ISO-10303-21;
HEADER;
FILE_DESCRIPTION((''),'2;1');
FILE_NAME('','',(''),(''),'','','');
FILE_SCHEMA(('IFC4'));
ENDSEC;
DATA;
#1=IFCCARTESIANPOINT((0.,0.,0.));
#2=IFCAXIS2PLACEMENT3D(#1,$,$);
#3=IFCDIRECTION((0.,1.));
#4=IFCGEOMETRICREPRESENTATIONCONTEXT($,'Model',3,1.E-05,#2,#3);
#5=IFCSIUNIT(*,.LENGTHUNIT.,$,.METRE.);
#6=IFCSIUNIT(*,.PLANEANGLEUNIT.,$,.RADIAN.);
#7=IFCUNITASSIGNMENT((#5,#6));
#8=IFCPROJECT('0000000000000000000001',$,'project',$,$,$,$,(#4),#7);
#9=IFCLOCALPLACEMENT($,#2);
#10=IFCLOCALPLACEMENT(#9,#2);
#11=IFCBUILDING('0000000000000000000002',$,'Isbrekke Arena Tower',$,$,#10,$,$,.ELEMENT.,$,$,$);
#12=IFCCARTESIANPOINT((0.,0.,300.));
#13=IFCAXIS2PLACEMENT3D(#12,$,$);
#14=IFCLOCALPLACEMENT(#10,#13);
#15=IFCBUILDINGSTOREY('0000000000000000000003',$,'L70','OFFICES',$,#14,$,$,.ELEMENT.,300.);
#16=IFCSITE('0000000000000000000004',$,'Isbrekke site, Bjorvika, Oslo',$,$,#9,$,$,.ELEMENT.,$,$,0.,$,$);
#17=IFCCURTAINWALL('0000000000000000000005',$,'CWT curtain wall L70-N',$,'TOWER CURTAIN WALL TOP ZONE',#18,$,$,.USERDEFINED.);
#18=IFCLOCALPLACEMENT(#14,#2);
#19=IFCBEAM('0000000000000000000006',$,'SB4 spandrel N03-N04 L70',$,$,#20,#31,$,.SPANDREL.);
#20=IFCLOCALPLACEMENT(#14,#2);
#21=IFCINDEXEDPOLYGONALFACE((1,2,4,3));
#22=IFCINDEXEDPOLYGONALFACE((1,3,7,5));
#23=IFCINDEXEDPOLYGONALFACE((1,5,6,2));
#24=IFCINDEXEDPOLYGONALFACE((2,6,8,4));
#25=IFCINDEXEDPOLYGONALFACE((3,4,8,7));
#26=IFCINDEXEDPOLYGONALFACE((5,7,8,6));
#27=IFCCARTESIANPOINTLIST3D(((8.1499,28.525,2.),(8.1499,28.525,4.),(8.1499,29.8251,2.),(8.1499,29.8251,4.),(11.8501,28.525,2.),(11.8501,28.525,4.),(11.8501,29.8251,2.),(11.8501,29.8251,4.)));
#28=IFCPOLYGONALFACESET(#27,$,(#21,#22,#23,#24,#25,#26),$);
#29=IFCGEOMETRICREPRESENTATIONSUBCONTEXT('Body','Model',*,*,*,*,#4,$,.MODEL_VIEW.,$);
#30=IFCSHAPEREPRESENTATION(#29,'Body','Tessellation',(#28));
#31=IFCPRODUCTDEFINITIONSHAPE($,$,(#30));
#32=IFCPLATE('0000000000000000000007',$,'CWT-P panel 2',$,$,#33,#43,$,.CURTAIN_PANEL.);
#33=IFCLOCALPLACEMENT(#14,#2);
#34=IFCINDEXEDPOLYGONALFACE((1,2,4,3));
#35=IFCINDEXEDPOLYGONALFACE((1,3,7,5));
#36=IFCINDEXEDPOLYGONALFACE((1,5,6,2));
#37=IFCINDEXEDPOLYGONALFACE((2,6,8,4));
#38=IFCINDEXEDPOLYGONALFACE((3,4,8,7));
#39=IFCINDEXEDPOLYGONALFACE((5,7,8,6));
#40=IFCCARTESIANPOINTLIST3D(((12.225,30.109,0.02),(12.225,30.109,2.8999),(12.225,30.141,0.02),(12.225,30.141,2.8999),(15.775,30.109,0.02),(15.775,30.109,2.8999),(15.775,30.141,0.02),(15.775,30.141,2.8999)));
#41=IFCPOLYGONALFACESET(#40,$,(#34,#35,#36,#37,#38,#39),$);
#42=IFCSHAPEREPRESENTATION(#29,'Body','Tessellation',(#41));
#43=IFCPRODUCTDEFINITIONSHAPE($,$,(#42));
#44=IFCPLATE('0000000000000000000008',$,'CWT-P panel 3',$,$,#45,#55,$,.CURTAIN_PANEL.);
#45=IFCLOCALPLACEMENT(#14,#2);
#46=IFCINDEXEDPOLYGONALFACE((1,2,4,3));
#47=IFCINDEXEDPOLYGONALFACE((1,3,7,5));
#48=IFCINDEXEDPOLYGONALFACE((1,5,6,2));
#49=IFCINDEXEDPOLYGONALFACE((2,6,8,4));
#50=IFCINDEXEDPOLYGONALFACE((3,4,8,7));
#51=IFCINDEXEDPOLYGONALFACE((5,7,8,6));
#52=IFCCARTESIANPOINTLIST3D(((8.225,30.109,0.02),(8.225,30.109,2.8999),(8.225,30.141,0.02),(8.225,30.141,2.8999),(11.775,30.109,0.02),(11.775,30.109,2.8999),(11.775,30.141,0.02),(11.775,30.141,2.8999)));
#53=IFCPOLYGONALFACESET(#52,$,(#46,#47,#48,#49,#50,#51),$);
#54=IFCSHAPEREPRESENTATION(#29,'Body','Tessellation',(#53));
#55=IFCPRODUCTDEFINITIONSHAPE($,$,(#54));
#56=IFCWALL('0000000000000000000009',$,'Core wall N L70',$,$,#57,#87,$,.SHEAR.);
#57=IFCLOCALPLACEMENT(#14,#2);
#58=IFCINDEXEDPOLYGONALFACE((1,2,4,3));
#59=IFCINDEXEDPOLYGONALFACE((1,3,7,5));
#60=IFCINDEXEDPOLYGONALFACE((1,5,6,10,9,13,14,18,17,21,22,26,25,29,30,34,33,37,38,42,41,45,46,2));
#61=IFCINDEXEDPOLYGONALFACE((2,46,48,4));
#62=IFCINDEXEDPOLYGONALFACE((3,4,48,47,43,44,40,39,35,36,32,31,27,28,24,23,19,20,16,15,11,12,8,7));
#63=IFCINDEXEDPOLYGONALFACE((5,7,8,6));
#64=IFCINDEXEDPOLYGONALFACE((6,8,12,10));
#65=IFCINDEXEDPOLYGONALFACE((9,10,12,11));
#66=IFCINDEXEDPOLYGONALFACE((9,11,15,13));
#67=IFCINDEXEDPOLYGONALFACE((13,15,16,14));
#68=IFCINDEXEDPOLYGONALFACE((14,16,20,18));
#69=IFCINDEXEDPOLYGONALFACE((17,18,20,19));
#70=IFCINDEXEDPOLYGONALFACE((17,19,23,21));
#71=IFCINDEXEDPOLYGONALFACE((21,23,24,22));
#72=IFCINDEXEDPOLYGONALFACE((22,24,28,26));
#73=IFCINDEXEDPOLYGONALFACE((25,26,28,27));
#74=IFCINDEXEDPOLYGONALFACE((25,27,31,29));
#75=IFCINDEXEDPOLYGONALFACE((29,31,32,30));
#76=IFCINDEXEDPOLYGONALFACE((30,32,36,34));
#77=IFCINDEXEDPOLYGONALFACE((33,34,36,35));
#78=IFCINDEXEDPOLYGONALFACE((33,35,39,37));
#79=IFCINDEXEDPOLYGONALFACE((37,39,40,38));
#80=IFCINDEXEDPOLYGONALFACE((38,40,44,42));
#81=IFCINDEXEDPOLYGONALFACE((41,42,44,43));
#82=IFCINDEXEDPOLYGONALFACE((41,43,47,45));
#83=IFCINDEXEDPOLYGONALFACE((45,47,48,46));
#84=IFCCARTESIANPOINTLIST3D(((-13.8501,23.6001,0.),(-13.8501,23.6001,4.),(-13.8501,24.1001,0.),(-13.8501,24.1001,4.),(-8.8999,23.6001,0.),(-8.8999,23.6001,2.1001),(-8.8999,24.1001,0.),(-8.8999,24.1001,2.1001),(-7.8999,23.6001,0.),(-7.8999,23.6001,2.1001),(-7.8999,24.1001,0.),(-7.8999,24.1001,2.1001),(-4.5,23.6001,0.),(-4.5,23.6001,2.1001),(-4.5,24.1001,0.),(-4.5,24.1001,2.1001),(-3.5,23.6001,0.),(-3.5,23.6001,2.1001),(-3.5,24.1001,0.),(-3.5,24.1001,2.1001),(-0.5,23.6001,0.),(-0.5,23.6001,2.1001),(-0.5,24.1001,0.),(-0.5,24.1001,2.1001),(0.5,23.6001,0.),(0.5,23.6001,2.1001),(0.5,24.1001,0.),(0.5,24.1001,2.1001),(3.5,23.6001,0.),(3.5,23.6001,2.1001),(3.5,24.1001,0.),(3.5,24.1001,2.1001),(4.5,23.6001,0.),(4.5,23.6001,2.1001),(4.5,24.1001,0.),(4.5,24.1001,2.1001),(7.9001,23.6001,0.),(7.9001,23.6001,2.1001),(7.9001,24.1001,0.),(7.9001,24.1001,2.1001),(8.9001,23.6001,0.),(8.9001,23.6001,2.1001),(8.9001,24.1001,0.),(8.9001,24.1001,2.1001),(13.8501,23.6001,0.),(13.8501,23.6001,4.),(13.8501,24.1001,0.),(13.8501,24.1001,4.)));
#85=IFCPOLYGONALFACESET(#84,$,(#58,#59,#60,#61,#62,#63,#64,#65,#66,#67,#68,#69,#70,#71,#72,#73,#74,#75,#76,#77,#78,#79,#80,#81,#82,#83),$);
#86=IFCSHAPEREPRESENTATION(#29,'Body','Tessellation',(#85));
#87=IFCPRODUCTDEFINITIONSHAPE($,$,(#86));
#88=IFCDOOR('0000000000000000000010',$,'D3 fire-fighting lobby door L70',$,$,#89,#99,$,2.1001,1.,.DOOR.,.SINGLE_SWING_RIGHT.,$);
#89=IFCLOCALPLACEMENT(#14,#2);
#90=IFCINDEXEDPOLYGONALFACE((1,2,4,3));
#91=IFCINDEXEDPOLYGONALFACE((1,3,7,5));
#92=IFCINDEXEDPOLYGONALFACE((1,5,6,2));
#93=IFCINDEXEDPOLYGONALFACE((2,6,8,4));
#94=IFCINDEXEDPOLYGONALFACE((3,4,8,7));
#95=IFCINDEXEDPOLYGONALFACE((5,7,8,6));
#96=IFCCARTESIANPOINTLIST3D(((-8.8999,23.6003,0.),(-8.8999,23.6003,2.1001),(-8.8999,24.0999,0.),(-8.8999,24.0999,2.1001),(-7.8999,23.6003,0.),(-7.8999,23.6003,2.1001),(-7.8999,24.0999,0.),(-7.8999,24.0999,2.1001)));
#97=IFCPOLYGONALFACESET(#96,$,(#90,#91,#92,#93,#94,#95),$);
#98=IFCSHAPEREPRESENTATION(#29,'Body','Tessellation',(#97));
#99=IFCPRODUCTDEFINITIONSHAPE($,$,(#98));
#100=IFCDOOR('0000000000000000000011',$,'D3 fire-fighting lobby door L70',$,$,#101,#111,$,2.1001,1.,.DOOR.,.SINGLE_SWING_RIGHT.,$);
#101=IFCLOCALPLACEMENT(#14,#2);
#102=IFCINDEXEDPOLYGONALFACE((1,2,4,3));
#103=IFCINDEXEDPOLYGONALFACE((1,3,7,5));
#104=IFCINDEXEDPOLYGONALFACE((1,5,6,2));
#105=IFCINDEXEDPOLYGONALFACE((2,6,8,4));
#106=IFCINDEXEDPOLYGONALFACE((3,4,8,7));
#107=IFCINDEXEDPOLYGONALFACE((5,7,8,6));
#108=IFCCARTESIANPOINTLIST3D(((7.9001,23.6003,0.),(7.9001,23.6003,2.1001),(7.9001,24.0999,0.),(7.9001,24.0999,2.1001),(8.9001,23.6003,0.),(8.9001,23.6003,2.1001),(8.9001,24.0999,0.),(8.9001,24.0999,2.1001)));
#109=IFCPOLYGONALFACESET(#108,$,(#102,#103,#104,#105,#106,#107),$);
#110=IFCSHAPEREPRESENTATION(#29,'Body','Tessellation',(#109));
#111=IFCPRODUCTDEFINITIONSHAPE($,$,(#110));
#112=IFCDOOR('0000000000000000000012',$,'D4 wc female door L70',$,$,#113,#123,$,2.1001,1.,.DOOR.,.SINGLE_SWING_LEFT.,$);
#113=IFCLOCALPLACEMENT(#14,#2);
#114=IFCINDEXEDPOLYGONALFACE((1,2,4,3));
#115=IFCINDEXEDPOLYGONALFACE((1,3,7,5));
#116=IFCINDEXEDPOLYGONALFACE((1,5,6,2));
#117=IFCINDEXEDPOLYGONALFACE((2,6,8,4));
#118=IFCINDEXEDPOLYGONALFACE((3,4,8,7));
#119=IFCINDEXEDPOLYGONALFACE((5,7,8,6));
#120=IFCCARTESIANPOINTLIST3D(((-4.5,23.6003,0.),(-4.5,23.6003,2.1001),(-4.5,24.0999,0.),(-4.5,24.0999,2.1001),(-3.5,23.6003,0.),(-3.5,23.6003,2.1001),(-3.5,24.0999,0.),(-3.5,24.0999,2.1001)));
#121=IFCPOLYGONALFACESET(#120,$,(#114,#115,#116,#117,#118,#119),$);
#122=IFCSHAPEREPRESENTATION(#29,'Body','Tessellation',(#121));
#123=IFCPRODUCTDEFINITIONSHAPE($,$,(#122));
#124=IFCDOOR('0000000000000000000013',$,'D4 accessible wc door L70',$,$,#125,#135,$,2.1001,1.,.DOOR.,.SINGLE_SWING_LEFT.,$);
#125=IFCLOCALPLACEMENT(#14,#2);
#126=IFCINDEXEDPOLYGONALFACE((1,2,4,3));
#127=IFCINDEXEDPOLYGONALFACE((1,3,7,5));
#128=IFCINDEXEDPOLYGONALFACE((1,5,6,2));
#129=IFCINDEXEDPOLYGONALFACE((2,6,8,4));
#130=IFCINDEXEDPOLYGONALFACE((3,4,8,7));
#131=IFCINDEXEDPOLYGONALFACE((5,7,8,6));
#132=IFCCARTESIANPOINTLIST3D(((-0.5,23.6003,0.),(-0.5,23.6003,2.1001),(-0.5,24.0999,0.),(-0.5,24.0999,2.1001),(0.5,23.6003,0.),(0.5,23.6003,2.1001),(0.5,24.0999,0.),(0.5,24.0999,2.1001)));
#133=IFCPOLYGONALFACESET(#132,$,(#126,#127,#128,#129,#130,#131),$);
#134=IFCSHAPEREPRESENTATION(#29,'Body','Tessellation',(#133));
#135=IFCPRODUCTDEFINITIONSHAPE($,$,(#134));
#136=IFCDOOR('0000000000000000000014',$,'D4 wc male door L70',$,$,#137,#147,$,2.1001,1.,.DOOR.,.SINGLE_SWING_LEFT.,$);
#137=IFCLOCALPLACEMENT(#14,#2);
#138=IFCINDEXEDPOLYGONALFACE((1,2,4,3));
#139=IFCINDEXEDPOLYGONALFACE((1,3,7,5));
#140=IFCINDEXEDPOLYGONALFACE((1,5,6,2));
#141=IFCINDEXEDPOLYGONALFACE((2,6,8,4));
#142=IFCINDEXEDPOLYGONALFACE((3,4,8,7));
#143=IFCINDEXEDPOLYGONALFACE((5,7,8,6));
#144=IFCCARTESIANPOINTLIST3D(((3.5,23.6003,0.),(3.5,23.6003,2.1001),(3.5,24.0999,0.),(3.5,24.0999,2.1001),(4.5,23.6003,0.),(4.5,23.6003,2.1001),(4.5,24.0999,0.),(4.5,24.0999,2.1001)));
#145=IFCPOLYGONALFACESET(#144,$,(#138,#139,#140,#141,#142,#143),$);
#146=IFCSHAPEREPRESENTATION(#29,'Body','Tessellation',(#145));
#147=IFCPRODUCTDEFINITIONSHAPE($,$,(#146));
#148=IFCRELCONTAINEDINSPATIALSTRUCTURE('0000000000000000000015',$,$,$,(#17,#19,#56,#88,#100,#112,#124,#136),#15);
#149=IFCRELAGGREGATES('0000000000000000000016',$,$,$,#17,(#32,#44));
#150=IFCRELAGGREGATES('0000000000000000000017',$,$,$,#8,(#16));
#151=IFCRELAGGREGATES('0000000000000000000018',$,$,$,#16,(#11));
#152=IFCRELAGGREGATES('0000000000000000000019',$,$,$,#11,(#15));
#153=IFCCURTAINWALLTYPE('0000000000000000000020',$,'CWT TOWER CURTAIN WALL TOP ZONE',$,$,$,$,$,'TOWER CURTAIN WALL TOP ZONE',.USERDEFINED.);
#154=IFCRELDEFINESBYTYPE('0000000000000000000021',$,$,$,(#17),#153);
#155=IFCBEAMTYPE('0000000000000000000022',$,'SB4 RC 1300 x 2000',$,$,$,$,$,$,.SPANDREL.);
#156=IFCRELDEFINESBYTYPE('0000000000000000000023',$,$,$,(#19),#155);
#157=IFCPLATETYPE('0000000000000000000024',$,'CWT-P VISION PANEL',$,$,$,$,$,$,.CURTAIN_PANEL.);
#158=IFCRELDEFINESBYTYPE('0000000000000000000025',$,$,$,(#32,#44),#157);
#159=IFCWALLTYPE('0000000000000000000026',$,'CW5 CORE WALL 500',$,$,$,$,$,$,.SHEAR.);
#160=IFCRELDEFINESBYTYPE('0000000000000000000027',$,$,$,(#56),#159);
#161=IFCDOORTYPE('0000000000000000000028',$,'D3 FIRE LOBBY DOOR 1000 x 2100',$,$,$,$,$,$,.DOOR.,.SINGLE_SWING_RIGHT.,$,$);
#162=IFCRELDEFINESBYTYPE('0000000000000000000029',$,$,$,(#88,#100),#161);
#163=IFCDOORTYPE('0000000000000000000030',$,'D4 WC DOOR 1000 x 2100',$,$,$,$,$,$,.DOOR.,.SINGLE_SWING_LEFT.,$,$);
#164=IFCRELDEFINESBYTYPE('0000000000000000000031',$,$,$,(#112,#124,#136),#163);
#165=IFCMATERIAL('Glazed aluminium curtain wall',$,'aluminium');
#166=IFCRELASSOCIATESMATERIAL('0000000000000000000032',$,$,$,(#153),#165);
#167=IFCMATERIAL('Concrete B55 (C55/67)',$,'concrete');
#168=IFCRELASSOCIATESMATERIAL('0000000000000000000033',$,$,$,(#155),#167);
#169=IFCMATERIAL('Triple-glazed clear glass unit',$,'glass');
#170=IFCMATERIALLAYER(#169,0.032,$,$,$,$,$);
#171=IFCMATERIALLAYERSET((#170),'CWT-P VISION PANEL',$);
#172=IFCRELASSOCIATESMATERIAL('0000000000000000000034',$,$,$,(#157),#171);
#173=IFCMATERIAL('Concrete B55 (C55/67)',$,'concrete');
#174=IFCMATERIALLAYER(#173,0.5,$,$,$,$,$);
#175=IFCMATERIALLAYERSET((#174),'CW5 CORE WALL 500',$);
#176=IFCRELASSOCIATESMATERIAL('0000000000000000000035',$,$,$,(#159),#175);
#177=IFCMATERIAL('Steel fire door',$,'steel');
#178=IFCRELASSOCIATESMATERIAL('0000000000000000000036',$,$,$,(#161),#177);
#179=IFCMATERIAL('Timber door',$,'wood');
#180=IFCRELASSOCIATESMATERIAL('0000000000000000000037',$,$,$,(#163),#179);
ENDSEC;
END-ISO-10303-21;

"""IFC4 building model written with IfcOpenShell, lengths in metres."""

from ifc_helpers import new_model, si_unit, direction, frame, frame_2d, origin, origin_2d, place, context, subcontext, project, spatial, rectangle, extrude, material, layer, layer_set, material_profile, profile_set, type_object, element, fill, aggregate, save


model = new_model("IFC4")

# Units and contexts
model_context = context("Model", 3, precision=1e-05, world=origin(), true_north=direction((0.0, 1.0)))
body_context = subcontext(model_context, "Body", "Model", "MODEL_VIEW")
ifc_project = project(units=[si_unit("LENGTHUNIT", "METRE"), si_unit("PLANEANGLEUNIT", "RADIAN")], contexts=[model_context])

# Site, building, storey
site_placement = place(None, origin())
site = spatial("IfcSite", under=ifc_project, at=site_placement, Name="Isbrekke site, Bjorvika, Oslo", CompositionType="ELEMENT", RefElevation=0.0)
building_placement = place(site_placement, origin())
building = spatial("IfcBuilding", under=site, at=building_placement, Name="Isbrekke Arena Tower", CompositionType="ELEMENT")
storey_placement = place(building_placement, frame((0.0, 0.0, 300.0)))
storey = spatial("IfcBuildingStorey", under=building, at=storey_placement, Name="L70", Description="OFFICES", CompositionType="ELEMENT", Elevation=300.0)

# Curtain wall
ifc_material_1 = material(Name="Glazed aluminium curtain wall", Category="aluminium")
curtain_wall_type = type_object("IfcCurtainWallType", Name="CWT TOWER CURTAIN WALL TOP ZONE", ElementType="TOWER CURTAIN WALL TOP ZONE", PredefinedType="USERDEFINED", material=ifc_material_1)
curtain_wall_placement = place(storey_placement, origin())
curtain_wall = element("IfcCurtainWall", 1, at=curtain_wall_placement, inside=storey, type_object=curtain_wall_type, Name="CWT curtain wall L70-N", ObjectType="TOWER CURTAIN WALL TOP ZONE", PredefinedType="USERDEFINED")

# Beam
ifc_material_2 = material(Name="Concrete B55 (C55/67)", Category="concrete")
ifc_material_profile_1 = material_profile(ifc_material_2, rectangle(XDim=1.3, YDim=2.0, at=origin_2d()), Name="RC 1300x2000")
ifc_profile_set_1 = profile_set([ifc_material_profile_1], Name="Concrete B55 (C55/67)")
beam_type_1 = type_object("IfcBeamType", Name="SB4 RC 1300 x 2000", PredefinedType="SPANDREL", material=ifc_profile_set_1)
for number, where, z_axis, x_axis, name in (
    (2, (11.8501, 29.175, 3.0), (-1.0, 0.0, 0.0), (0.0, -1.0, 0.0), "SB4 spandrel N03-N04 L70"),
):
    element("IfcBeam", number, at=place(storey_placement, frame(where, z_axis=z_axis, x_axis=x_axis)), inside=storey, type_object=beam_type_1, Name=name, PredefinedType="SPANDREL", context=body_context, shape_type="SweptSolid", body=[
        extrude(rectangle(XDim=1.3, YDim=2.0, at=origin_2d()), origin(), (0.0, 0.0, 1.0), 3.7002),
    ])

# Plates
ifc_material_3 = material(Name="Triple-glazed clear glass unit", Category="glass")
ifc_layer_1 = layer(ifc_material_3, 0.032)
ifc_layer_set_1 = layer_set([ifc_layer_1], Name="CWT-P VISION PANEL")
plate_type = type_object("IfcPlateType", Name="CWT-P VISION PANEL", PredefinedType="CURTAIN_PANEL", material=ifc_layer_set_1)
plate_1_placement = place(storey_placement, frame((14.0, 30.125, 0.02), z_axis=(0.0, 0.0, 1.0), x_axis=(-1.0, 0.0, 0.0)))
plate_1 = element("IfcPlate", 3, at=plate_1_placement, type_object=plate_type, Name="CWT-P panel 2", PredefinedType="CURTAIN_PANEL", context=body_context, shape_type="SweptSolid", body=[
    extrude(rectangle(XDim=3.55, YDim=0.032, at=origin_2d()), origin(), (0.0, 0.0, 1.0), 2.8799),
])
plate_2_placement = place(storey_placement, frame((10.0, 30.125, 0.02), z_axis=(0.0, 0.0, 1.0), x_axis=(-1.0, 0.0, 0.0)))
plate_2 = element("IfcPlate", 4, at=plate_2_placement, type_object=plate_type, Name="CWT-P panel 3", PredefinedType="CURTAIN_PANEL", context=body_context, shape_type="SweptSolid", body=[
    extrude(rectangle(XDim=3.55, YDim=0.032, at=origin_2d()), origin(), (0.0, 0.0, 1.0), 2.8799),
])
aggregate(curtain_wall, [plate_1, plate_2])

# Wall, openings, doors
ifc_material_4 = material(Name="Concrete B55 (C55/67)", Category="concrete")
ifc_layer_2 = layer(ifc_material_4, 0.5)
ifc_layer_set_2 = layer_set([ifc_layer_2], Name="CW5 CORE WALL 500")
wall_type_1 = type_object("IfcWallType", Name="CW5 CORE WALL 500", PredefinedType="SHEAR", material=ifc_layer_set_2)
wall_1_placement = place(storey_placement, frame((13.8501, 23.8501, 0.0), z_axis=(0.0, 0.0, 1.0), x_axis=(-1.0, 0.0, 0.0)))
wall_1 = element("IfcWall", 5, at=wall_1_placement, inside=storey, type_object=wall_type_1, Name="Core wall N L70", PredefinedType="SHEAR", context=body_context, shape_type="SweptSolid", body=[
    extrude(rectangle(XDim=27.7002, YDim=0.5, at=frame_2d((13.8501, 0.0))), origin(), (0.0, 0.0, 1.0), 4.0),
])
opening_1_placement = place(wall_1_placement, frame((21.75, 0.0, 0.0)))
opening_1 = element("IfcOpeningElement", 6, at=opening_1_placement, cuts=wall_1, PredefinedType="OPENING", context=body_context, shape_type="SweptSolid", body=[
    extrude(rectangle(XDim=1.0, YDim=2.1001, at=frame_2d((0.5, 1.05))), frame((0.0, 0.2649, 0.0), z_axis=(0.0, -1.0, 0.0), x_axis=(1.0, 0.0, 0.0)), (0.0, 0.0, 1.0), 0.5298),
])
opening_2_placement = place(wall_1_placement, frame((4.95, 0.0, 0.0)))
opening_2 = element("IfcOpeningElement", 7, at=opening_2_placement, cuts=wall_1, PredefinedType="OPENING", context=body_context, shape_type="SweptSolid", body=[
    extrude(rectangle(XDim=1.0, YDim=2.1001, at=frame_2d((0.5, 1.05))), frame((0.0, 0.2649, 0.0), z_axis=(0.0, -1.0, 0.0), x_axis=(1.0, 0.0, 0.0)), (0.0, 0.0, 1.0), 0.5298),
])
opening_3_placement = place(wall_1_placement, frame((17.3501, 0.0, 0.0)))
opening_3 = element("IfcOpeningElement", 8, at=opening_3_placement, cuts=wall_1, PredefinedType="OPENING", context=body_context, shape_type="SweptSolid", body=[
    extrude(rectangle(XDim=1.0, YDim=2.1001, at=frame_2d((0.5, 1.05))), frame((0.0, 0.2649, 0.0), z_axis=(0.0, -1.0, 0.0), x_axis=(1.0, 0.0, 0.0)), (0.0, 0.0, 1.0), 0.5298),
])
opening_4_placement = place(wall_1_placement, frame((13.3501, 0.0, 0.0)))
opening_4 = element("IfcOpeningElement", 9, at=opening_4_placement, cuts=wall_1, PredefinedType="OPENING", context=body_context, shape_type="SweptSolid", body=[
    extrude(rectangle(XDim=1.0, YDim=2.1001, at=frame_2d((0.5, 1.05))), frame((0.0, 0.2649, 0.0), z_axis=(0.0, -1.0, 0.0), x_axis=(1.0, 0.0, 0.0)), (0.0, 0.0, 1.0), 0.5298),
])
opening_5_placement = place(wall_1_placement, frame((9.3501, 0.0, 0.0)))
opening_5 = element("IfcOpeningElement", 10, at=opening_5_placement, cuts=wall_1, PredefinedType="OPENING", context=body_context, shape_type="SweptSolid", body=[
    extrude(rectangle(XDim=1.0, YDim=2.1001, at=frame_2d((0.5, 1.05))), frame((0.0, 0.2649, 0.0), z_axis=(0.0, -1.0, 0.0), x_axis=(1.0, 0.0, 0.0)), (0.0, 0.0, 1.0), 0.5298),
])
ifc_material_5 = material(Name="Steel fire door", Category="steel")
door_type_1 = type_object("IfcDoorType", Name="D3 FIRE LOBBY DOOR 1000 x 2100", OperationType="SINGLE_SWING_RIGHT", PredefinedType="DOOR", material=ifc_material_5)
door_1_placement = place(opening_1_placement, origin())
door_1 = element("IfcDoor", 11, at=door_1_placement, inside=storey, type_object=door_type_1, Name="D3 fire-fighting lobby door L70", OperationType="SINGLE_SWING_RIGHT", OverallHeight=2.1001, OverallWidth=1.0, PredefinedType="DOOR", context=body_context, shape_type="SweptSolid", body=[
    extrude(rectangle(XDim=1.0, YDim=2.1001, at=frame_2d((0.5, 1.05))), frame((0.0, 0.2498, 0.0), z_axis=(0.0, -1.0, 0.0), x_axis=(1.0, 0.0, 0.0)), (0.0, 0.0, 1.0), 0.4995),
])
fill(opening_1, door_1)
door_2_placement = place(opening_2_placement, origin())
door_2 = element("IfcDoor", 12, at=door_2_placement, inside=storey, type_object=door_type_1, Name="D3 fire-fighting lobby door L70", OperationType="SINGLE_SWING_RIGHT", OverallHeight=2.1001, OverallWidth=1.0, PredefinedType="DOOR", context=body_context, shape_type="SweptSolid", body=[
    extrude(rectangle(XDim=1.0, YDim=2.1001, at=frame_2d((0.5, 1.05))), frame((0.0, 0.2498, 0.0), z_axis=(0.0, -1.0, 0.0), x_axis=(1.0, 0.0, 0.0)), (0.0, 0.0, 1.0), 0.4995),
])
fill(opening_2, door_2)
ifc_material_6 = material(Name="Timber door", Category="wood")
door_type_2 = type_object("IfcDoorType", Name="D4 WC DOOR 1000 x 2100", OperationType="SINGLE_SWING_LEFT", PredefinedType="DOOR", material=ifc_material_6)
door_3_placement = place(opening_3_placement, origin())
door_3 = element("IfcDoor", 13, at=door_3_placement, inside=storey, type_object=door_type_2, Name="D4 wc female door L70", OperationType="SINGLE_SWING_LEFT", OverallHeight=2.1001, OverallWidth=1.0, PredefinedType="DOOR", context=body_context, shape_type="SweptSolid", body=[
    extrude(rectangle(XDim=1.0, YDim=2.1001, at=frame_2d((0.5, 1.05))), frame((0.0, 0.2498, 0.0), z_axis=(0.0, -1.0, 0.0), x_axis=(1.0, 0.0, 0.0)), (0.0, 0.0, 1.0), 0.4995),
])
fill(opening_3, door_3)
door_4_placement = place(opening_4_placement, origin())
door_4 = element("IfcDoor", 14, at=door_4_placement, inside=storey, type_object=door_type_2, Name="D4 accessible wc door L70", OperationType="SINGLE_SWING_LEFT", OverallHeight=2.1001, OverallWidth=1.0, PredefinedType="DOOR", context=body_context, shape_type="SweptSolid", body=[
    extrude(rectangle(XDim=1.0, YDim=2.1001, at=frame_2d((0.5, 1.05))), frame((0.0, 0.2498, 0.0), z_axis=(0.0, -1.0, 0.0), x_axis=(1.0, 0.0, 0.0)), (0.0, 0.0, 1.0), 0.4995),
])
fill(opening_4, door_4)
door_5_placement = place(opening_5_placement, origin())
door_5 = element("IfcDoor", 15, at=door_5_placement, inside=storey, type_object=door_type_2, Name="D4 wc male door L70", OperationType="SINGLE_SWING_LEFT", OverallHeight=2.1001, OverallWidth=1.0, PredefinedType="DOOR", context=body_context, shape_type="SweptSolid", body=[
    extrude(rectangle(XDim=1.0, YDim=2.1001, at=frame_2d((0.5, 1.05))), frame((0.0, 0.2498, 0.0), z_axis=(0.0, -1.0, 0.0), x_axis=(1.0, 0.0, 0.0)), (0.0, 0.0, 1.0), 0.4995),
])
fill(opening_5, door_5)

save(model, "model.ifc")
